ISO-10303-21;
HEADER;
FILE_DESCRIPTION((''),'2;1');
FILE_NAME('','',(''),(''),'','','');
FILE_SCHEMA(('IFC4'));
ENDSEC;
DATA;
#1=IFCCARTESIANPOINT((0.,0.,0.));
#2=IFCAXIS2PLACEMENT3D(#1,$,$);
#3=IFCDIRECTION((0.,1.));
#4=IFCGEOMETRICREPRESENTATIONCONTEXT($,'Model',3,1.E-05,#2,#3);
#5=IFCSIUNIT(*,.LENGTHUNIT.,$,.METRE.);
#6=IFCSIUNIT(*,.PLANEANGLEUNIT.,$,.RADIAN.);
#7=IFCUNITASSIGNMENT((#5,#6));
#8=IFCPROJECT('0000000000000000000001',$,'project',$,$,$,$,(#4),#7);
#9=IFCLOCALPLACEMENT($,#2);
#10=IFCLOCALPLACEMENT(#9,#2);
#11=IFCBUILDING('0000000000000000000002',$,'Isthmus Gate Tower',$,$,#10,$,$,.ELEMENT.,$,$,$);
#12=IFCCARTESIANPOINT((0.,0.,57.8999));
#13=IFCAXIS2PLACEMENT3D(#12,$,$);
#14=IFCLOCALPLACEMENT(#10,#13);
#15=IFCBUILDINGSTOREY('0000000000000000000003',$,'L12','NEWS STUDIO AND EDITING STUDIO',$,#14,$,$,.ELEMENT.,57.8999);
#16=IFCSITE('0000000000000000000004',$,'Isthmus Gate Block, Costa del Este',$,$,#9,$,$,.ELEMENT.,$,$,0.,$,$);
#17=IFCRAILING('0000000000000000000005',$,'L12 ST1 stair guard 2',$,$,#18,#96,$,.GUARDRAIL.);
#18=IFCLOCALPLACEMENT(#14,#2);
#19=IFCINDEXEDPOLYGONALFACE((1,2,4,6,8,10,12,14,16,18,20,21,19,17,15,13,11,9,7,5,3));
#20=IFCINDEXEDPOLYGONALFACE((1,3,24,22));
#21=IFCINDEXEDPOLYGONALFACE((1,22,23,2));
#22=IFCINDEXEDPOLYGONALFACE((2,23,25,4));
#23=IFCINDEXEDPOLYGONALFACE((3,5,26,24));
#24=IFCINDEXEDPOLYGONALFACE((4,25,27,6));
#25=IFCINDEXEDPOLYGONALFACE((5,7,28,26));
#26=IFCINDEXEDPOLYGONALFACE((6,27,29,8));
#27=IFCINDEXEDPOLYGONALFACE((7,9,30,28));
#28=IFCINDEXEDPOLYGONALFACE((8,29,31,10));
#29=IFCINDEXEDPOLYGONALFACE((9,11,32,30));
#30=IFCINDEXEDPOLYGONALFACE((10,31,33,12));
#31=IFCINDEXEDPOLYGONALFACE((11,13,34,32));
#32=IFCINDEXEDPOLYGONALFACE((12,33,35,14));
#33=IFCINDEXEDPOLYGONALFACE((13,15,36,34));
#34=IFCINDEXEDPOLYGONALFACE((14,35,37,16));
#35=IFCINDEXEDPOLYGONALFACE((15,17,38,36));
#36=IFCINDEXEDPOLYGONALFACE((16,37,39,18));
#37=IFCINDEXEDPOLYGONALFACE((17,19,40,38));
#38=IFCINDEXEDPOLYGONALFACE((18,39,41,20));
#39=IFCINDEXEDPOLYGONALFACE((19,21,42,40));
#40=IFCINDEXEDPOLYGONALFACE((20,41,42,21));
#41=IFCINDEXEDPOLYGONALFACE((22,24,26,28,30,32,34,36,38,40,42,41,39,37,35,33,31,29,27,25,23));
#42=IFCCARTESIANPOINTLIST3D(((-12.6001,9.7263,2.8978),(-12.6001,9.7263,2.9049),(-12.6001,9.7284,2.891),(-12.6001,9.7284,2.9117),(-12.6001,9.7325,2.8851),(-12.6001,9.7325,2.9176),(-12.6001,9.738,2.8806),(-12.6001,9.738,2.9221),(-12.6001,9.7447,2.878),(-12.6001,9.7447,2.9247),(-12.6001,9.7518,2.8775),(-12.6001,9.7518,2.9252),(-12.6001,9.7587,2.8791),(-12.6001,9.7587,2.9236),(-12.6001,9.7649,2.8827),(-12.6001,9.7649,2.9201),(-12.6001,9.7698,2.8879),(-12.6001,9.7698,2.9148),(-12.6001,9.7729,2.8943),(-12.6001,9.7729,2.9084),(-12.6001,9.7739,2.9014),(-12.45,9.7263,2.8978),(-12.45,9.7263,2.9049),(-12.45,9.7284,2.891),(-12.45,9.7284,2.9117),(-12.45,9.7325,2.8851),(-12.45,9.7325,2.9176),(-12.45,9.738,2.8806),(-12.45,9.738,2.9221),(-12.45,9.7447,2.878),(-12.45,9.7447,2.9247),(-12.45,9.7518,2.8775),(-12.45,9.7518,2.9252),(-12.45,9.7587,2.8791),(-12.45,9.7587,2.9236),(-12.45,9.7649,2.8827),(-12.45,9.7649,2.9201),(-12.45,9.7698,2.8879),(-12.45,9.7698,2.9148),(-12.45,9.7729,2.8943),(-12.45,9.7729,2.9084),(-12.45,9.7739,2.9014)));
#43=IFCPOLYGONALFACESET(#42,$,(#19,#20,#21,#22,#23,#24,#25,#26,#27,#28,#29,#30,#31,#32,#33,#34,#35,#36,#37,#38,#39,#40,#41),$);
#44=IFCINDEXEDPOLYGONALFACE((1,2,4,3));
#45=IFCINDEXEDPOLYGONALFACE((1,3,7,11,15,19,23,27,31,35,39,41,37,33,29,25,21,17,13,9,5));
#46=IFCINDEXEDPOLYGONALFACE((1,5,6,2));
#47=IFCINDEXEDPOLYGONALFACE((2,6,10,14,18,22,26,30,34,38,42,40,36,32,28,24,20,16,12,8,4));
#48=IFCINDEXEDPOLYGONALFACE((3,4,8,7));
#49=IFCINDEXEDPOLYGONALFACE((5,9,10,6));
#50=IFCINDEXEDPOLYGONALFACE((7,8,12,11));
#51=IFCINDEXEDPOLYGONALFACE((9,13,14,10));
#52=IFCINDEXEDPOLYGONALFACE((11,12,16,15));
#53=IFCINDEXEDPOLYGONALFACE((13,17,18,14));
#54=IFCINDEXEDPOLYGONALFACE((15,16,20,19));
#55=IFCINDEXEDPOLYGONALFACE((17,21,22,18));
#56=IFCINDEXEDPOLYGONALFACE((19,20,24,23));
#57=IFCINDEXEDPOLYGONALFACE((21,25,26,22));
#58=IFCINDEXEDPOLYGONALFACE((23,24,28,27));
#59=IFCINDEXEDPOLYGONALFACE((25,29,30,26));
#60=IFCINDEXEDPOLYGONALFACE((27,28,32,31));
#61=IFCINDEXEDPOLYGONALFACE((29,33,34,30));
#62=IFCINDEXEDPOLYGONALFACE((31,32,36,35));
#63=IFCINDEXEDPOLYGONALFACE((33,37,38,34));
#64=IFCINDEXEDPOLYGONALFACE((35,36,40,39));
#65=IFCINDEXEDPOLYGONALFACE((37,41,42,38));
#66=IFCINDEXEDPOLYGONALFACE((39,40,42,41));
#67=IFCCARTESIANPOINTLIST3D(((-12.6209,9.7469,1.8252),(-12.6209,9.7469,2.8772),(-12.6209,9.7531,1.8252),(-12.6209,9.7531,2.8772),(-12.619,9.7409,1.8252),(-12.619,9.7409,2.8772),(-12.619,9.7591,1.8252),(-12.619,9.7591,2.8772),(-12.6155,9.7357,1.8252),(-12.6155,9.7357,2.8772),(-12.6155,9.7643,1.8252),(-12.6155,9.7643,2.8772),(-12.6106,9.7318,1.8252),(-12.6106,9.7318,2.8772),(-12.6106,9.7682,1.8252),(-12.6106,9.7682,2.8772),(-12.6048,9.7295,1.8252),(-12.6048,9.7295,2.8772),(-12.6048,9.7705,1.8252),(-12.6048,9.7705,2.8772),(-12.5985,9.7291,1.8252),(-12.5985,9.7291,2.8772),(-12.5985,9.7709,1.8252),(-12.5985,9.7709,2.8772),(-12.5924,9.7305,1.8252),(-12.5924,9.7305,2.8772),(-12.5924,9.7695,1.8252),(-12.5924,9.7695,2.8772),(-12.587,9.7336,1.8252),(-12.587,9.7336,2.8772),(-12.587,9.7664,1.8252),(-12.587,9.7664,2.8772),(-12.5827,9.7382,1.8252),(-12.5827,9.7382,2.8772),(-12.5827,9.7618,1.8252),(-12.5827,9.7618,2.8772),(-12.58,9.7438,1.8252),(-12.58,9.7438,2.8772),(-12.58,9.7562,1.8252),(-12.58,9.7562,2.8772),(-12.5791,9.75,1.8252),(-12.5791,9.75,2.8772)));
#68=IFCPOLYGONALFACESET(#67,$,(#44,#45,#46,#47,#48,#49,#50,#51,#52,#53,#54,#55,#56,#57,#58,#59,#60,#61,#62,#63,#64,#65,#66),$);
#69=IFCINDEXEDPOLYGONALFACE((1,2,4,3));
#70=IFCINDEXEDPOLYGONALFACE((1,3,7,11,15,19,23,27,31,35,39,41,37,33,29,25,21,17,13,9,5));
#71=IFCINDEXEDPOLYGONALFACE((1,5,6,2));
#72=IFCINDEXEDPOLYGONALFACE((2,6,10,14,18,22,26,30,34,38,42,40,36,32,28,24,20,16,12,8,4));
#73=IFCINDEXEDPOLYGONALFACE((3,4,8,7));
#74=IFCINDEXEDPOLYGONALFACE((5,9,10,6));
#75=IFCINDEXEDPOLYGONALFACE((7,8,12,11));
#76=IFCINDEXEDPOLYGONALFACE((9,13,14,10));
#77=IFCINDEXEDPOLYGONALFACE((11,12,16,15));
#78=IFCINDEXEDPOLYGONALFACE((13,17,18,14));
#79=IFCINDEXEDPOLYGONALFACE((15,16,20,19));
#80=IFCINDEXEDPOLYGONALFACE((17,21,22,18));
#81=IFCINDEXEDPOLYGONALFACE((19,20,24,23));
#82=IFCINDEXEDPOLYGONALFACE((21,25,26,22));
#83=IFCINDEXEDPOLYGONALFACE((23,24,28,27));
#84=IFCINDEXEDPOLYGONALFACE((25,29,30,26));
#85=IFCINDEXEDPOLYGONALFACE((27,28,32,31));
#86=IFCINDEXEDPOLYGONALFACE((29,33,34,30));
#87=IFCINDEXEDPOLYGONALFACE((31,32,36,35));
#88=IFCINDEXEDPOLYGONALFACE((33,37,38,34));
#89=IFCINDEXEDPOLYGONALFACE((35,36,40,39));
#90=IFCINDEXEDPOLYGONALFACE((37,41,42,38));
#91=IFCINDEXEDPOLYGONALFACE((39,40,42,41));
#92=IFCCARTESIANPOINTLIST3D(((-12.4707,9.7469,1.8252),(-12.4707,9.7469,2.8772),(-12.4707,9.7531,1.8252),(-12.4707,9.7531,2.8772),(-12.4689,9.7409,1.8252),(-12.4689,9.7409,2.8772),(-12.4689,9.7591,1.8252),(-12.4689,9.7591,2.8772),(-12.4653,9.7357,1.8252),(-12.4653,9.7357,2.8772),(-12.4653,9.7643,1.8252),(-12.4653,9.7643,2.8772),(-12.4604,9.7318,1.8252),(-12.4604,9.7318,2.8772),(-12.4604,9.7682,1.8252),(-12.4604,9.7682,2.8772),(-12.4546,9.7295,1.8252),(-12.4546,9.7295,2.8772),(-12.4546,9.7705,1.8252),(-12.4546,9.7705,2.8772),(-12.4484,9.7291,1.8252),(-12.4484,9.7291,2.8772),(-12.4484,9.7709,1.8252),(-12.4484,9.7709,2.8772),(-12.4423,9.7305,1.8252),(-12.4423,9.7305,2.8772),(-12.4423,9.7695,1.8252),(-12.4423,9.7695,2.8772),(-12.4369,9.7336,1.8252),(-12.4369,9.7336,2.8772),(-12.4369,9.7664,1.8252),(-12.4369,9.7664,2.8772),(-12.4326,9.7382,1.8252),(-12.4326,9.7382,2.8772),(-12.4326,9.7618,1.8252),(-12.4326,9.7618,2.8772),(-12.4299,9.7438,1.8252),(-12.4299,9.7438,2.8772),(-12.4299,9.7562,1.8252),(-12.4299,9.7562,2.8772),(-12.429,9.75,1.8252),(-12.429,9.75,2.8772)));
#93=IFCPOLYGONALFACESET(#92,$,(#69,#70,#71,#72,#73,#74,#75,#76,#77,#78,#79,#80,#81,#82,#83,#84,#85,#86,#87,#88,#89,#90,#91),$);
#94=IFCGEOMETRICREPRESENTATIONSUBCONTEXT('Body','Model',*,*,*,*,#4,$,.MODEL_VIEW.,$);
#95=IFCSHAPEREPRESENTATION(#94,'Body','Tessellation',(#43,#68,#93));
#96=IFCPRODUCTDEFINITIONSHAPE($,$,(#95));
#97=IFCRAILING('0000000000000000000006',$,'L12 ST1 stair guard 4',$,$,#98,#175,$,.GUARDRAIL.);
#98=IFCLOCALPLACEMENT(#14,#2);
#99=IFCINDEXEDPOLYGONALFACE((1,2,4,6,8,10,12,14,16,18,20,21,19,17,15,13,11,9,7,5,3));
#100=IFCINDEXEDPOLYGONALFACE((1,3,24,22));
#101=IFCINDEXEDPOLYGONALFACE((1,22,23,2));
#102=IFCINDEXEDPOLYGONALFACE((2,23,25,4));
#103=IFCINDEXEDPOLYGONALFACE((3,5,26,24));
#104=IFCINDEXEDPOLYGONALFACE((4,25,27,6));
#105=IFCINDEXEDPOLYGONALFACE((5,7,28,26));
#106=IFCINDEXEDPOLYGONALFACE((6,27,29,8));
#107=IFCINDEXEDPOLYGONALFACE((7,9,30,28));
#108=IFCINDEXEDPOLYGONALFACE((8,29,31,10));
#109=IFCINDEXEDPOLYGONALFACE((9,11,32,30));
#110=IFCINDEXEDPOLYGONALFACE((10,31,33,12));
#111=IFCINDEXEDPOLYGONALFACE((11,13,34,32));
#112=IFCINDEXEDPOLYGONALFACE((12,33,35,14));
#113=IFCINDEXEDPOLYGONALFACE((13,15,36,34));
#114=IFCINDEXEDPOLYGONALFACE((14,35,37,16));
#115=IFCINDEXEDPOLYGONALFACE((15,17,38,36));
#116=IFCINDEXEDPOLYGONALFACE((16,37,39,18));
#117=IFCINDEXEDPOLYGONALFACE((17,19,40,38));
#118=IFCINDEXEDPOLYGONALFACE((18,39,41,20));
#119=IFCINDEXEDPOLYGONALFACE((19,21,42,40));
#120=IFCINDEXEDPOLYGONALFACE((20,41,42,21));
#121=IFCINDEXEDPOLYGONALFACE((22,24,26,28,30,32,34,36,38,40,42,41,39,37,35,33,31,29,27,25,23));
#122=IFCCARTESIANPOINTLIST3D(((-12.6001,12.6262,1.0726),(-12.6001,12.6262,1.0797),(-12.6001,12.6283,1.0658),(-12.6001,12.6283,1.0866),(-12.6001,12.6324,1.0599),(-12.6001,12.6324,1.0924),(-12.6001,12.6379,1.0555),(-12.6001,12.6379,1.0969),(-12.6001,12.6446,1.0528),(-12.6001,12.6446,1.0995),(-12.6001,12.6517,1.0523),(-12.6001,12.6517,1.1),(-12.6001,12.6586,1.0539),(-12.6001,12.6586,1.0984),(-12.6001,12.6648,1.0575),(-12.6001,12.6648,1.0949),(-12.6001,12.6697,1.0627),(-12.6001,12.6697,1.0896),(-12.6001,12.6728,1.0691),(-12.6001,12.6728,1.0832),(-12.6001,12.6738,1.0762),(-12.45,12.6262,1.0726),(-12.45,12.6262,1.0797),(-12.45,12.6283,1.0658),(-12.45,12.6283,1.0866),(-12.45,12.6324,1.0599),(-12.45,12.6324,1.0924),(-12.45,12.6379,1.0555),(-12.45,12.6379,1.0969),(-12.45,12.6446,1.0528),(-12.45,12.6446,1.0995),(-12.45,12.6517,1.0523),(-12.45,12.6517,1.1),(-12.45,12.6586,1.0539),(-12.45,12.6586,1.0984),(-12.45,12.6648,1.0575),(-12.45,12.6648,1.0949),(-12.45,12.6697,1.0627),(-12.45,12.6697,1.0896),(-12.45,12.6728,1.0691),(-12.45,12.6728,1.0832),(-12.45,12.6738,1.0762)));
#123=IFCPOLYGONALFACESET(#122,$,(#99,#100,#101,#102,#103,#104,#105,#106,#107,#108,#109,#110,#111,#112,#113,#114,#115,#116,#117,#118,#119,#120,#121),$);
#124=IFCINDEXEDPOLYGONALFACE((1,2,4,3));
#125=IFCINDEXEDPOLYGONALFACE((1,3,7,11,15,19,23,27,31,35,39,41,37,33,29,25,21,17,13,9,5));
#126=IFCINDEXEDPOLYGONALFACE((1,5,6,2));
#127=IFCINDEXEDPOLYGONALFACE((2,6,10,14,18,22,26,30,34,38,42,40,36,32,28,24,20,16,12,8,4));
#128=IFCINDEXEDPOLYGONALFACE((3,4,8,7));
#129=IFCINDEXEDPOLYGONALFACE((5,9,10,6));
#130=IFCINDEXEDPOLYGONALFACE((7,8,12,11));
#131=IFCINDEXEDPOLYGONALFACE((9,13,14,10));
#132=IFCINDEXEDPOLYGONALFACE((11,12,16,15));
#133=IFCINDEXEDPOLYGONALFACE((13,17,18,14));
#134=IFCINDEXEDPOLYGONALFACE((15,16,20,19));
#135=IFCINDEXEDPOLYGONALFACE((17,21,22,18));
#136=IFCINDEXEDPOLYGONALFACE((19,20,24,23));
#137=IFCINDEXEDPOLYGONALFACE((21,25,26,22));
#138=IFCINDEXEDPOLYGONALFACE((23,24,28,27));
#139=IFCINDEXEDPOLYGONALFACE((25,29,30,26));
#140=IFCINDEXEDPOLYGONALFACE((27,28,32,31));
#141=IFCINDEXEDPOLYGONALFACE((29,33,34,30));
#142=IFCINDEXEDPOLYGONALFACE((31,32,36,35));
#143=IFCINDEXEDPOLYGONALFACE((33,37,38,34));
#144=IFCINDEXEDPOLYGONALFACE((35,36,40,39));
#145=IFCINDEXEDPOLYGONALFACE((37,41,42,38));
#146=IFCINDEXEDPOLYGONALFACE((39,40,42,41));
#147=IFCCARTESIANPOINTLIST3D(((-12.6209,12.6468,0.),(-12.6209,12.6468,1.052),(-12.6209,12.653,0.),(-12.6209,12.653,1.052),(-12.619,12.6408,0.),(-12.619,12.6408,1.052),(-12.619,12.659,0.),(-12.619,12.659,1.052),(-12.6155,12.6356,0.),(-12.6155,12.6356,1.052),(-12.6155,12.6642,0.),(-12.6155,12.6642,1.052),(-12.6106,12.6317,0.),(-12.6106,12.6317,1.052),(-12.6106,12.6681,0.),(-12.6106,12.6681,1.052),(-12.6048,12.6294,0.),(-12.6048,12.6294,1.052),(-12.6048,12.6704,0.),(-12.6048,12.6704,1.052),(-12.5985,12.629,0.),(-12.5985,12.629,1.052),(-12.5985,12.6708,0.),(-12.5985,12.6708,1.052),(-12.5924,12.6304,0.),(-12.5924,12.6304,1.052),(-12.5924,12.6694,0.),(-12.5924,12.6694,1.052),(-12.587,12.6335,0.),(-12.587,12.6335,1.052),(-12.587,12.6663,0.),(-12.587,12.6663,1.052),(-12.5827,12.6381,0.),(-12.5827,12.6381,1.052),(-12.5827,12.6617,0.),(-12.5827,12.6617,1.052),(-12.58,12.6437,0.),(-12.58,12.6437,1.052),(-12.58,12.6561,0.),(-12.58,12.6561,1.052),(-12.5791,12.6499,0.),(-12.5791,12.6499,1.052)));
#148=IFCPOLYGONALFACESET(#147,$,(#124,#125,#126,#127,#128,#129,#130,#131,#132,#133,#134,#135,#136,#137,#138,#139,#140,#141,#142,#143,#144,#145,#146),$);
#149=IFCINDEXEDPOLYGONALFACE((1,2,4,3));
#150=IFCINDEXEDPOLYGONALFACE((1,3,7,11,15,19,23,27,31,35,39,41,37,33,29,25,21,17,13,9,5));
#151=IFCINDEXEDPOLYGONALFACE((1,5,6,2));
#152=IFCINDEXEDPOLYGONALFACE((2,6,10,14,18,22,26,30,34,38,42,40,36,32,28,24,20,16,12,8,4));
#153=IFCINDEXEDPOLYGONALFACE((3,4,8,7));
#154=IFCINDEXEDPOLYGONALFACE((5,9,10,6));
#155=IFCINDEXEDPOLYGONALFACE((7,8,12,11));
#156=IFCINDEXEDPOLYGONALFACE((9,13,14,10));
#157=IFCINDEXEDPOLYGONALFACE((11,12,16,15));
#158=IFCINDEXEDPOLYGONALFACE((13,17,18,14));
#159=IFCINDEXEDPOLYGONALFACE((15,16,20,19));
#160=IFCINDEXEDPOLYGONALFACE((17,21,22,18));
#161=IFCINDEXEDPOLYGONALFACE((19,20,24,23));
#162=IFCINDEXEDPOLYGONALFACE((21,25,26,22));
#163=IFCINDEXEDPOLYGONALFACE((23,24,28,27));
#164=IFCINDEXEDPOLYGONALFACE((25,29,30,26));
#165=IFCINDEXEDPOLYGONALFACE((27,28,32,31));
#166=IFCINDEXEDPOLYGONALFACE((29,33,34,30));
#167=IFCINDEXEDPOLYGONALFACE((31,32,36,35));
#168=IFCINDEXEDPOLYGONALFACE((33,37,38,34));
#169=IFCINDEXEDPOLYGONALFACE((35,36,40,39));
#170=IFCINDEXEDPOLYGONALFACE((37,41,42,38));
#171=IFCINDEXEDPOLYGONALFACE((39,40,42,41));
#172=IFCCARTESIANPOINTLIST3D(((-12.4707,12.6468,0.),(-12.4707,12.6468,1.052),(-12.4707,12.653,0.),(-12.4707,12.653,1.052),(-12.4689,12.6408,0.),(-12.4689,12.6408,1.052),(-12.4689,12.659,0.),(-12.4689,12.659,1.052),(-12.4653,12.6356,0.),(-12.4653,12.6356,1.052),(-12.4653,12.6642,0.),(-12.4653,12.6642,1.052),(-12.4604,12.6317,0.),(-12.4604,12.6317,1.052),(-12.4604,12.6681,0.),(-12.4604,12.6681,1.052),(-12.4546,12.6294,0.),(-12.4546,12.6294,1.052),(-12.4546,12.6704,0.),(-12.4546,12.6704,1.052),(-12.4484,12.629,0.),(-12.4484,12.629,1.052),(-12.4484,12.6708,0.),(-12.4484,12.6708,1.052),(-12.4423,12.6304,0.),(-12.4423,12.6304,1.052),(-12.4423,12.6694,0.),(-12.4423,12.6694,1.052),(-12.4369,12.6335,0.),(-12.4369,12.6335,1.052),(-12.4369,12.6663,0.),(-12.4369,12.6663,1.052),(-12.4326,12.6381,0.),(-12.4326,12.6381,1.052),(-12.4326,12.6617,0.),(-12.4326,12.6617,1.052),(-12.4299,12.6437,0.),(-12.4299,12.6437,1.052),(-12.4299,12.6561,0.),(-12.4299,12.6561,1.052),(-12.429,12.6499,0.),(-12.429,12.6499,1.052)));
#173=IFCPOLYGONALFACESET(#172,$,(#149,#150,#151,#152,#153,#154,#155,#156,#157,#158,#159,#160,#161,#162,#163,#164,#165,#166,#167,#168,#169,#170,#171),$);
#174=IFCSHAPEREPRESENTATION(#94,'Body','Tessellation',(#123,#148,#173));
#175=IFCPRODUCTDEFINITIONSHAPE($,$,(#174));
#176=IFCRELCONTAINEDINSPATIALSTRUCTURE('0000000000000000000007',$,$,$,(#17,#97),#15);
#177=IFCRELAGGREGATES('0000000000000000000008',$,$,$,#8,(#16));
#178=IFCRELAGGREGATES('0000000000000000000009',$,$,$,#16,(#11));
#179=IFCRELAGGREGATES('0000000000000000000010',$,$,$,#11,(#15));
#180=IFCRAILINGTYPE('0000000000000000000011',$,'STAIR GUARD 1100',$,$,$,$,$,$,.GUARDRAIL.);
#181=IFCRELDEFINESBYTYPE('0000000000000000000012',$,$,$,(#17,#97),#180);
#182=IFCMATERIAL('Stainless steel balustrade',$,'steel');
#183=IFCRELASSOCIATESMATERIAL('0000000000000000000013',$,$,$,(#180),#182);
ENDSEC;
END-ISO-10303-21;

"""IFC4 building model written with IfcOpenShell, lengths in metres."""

from ifc_helpers import new_model, si_unit, direction, frame, origin, origin_2d, place, context, subcontext, project, spatial, circle, extrude, material, type_object, element, save


model = new_model("IFC4")

# Units and contexts
model_context = context("Model", 3, precision=1e-05, world=origin(), true_north=direction((0.0, 1.0)))
body_context = subcontext(model_context, "Body", "Model", "MODEL_VIEW")
ifc_project = project(units=[si_unit("LENGTHUNIT", "METRE"), si_unit("PLANEANGLEUNIT", "RADIAN")], contexts=[model_context])

# Site, building, storey
site_placement = place(None, origin())
site = spatial("IfcSite", under=ifc_project, at=site_placement, Name="Isthmus Gate Block, Costa del Este", CompositionType="ELEMENT", RefElevation=0.0)
building_placement = place(site_placement, origin())
building = spatial("IfcBuilding", under=site, at=building_placement, Name="Isthmus Gate Tower", CompositionType="ELEMENT")
storey_placement = place(building_placement, frame((0.0, 0.0, 57.8999)))
storey = spatial("IfcBuildingStorey", under=building, at=storey_placement, Name="L12", Description="NEWS STUDIO AND EDITING STUDIO", CompositionType="ELEMENT", Elevation=57.8999)

# Railings
ifc_material_1 = material(Name="Stainless steel balustrade", Category="steel")
railing_type_1 = type_object("IfcRailingType", Name="STAIR GUARD 1100", PredefinedType="GUARDRAIL", material=ifc_material_1)
for number, where, name in (
    (1, (-12.6001, 9.75, 1.8252), "L12 ST1 stair guard 2"),
    (2, (-12.6001, 12.6499, 0.0), "L12 ST1 stair guard 4"),
):
    element("IfcRailing", number, at=place(storey_placement, frame(where)), inside=storey, type_object=railing_type_1, Name=name, PredefinedType="GUARDRAIL", context=body_context, shape_type="SweptSolid", body=[
        extrude(circle(Radius=0.0239, at=origin_2d()), frame((0.0, 0.0, 1.0762), z_axis=(1.0, 0.0, 0.0), x_axis=(0.0, 1.0, 0.0)), (0.0, 0.0, 1.0), 0.1501),
        extrude(circle(Radius=0.021, at=origin_2d()), origin(), (0.0, 0.0, 1.0), 1.052),
        extrude(circle(Radius=0.021, at=origin_2d()), frame((0.1501, 0.0, 0.0)), (0.0, 0.0, 1.0), 1.052),
    ])

save(model, "model.ifc")
